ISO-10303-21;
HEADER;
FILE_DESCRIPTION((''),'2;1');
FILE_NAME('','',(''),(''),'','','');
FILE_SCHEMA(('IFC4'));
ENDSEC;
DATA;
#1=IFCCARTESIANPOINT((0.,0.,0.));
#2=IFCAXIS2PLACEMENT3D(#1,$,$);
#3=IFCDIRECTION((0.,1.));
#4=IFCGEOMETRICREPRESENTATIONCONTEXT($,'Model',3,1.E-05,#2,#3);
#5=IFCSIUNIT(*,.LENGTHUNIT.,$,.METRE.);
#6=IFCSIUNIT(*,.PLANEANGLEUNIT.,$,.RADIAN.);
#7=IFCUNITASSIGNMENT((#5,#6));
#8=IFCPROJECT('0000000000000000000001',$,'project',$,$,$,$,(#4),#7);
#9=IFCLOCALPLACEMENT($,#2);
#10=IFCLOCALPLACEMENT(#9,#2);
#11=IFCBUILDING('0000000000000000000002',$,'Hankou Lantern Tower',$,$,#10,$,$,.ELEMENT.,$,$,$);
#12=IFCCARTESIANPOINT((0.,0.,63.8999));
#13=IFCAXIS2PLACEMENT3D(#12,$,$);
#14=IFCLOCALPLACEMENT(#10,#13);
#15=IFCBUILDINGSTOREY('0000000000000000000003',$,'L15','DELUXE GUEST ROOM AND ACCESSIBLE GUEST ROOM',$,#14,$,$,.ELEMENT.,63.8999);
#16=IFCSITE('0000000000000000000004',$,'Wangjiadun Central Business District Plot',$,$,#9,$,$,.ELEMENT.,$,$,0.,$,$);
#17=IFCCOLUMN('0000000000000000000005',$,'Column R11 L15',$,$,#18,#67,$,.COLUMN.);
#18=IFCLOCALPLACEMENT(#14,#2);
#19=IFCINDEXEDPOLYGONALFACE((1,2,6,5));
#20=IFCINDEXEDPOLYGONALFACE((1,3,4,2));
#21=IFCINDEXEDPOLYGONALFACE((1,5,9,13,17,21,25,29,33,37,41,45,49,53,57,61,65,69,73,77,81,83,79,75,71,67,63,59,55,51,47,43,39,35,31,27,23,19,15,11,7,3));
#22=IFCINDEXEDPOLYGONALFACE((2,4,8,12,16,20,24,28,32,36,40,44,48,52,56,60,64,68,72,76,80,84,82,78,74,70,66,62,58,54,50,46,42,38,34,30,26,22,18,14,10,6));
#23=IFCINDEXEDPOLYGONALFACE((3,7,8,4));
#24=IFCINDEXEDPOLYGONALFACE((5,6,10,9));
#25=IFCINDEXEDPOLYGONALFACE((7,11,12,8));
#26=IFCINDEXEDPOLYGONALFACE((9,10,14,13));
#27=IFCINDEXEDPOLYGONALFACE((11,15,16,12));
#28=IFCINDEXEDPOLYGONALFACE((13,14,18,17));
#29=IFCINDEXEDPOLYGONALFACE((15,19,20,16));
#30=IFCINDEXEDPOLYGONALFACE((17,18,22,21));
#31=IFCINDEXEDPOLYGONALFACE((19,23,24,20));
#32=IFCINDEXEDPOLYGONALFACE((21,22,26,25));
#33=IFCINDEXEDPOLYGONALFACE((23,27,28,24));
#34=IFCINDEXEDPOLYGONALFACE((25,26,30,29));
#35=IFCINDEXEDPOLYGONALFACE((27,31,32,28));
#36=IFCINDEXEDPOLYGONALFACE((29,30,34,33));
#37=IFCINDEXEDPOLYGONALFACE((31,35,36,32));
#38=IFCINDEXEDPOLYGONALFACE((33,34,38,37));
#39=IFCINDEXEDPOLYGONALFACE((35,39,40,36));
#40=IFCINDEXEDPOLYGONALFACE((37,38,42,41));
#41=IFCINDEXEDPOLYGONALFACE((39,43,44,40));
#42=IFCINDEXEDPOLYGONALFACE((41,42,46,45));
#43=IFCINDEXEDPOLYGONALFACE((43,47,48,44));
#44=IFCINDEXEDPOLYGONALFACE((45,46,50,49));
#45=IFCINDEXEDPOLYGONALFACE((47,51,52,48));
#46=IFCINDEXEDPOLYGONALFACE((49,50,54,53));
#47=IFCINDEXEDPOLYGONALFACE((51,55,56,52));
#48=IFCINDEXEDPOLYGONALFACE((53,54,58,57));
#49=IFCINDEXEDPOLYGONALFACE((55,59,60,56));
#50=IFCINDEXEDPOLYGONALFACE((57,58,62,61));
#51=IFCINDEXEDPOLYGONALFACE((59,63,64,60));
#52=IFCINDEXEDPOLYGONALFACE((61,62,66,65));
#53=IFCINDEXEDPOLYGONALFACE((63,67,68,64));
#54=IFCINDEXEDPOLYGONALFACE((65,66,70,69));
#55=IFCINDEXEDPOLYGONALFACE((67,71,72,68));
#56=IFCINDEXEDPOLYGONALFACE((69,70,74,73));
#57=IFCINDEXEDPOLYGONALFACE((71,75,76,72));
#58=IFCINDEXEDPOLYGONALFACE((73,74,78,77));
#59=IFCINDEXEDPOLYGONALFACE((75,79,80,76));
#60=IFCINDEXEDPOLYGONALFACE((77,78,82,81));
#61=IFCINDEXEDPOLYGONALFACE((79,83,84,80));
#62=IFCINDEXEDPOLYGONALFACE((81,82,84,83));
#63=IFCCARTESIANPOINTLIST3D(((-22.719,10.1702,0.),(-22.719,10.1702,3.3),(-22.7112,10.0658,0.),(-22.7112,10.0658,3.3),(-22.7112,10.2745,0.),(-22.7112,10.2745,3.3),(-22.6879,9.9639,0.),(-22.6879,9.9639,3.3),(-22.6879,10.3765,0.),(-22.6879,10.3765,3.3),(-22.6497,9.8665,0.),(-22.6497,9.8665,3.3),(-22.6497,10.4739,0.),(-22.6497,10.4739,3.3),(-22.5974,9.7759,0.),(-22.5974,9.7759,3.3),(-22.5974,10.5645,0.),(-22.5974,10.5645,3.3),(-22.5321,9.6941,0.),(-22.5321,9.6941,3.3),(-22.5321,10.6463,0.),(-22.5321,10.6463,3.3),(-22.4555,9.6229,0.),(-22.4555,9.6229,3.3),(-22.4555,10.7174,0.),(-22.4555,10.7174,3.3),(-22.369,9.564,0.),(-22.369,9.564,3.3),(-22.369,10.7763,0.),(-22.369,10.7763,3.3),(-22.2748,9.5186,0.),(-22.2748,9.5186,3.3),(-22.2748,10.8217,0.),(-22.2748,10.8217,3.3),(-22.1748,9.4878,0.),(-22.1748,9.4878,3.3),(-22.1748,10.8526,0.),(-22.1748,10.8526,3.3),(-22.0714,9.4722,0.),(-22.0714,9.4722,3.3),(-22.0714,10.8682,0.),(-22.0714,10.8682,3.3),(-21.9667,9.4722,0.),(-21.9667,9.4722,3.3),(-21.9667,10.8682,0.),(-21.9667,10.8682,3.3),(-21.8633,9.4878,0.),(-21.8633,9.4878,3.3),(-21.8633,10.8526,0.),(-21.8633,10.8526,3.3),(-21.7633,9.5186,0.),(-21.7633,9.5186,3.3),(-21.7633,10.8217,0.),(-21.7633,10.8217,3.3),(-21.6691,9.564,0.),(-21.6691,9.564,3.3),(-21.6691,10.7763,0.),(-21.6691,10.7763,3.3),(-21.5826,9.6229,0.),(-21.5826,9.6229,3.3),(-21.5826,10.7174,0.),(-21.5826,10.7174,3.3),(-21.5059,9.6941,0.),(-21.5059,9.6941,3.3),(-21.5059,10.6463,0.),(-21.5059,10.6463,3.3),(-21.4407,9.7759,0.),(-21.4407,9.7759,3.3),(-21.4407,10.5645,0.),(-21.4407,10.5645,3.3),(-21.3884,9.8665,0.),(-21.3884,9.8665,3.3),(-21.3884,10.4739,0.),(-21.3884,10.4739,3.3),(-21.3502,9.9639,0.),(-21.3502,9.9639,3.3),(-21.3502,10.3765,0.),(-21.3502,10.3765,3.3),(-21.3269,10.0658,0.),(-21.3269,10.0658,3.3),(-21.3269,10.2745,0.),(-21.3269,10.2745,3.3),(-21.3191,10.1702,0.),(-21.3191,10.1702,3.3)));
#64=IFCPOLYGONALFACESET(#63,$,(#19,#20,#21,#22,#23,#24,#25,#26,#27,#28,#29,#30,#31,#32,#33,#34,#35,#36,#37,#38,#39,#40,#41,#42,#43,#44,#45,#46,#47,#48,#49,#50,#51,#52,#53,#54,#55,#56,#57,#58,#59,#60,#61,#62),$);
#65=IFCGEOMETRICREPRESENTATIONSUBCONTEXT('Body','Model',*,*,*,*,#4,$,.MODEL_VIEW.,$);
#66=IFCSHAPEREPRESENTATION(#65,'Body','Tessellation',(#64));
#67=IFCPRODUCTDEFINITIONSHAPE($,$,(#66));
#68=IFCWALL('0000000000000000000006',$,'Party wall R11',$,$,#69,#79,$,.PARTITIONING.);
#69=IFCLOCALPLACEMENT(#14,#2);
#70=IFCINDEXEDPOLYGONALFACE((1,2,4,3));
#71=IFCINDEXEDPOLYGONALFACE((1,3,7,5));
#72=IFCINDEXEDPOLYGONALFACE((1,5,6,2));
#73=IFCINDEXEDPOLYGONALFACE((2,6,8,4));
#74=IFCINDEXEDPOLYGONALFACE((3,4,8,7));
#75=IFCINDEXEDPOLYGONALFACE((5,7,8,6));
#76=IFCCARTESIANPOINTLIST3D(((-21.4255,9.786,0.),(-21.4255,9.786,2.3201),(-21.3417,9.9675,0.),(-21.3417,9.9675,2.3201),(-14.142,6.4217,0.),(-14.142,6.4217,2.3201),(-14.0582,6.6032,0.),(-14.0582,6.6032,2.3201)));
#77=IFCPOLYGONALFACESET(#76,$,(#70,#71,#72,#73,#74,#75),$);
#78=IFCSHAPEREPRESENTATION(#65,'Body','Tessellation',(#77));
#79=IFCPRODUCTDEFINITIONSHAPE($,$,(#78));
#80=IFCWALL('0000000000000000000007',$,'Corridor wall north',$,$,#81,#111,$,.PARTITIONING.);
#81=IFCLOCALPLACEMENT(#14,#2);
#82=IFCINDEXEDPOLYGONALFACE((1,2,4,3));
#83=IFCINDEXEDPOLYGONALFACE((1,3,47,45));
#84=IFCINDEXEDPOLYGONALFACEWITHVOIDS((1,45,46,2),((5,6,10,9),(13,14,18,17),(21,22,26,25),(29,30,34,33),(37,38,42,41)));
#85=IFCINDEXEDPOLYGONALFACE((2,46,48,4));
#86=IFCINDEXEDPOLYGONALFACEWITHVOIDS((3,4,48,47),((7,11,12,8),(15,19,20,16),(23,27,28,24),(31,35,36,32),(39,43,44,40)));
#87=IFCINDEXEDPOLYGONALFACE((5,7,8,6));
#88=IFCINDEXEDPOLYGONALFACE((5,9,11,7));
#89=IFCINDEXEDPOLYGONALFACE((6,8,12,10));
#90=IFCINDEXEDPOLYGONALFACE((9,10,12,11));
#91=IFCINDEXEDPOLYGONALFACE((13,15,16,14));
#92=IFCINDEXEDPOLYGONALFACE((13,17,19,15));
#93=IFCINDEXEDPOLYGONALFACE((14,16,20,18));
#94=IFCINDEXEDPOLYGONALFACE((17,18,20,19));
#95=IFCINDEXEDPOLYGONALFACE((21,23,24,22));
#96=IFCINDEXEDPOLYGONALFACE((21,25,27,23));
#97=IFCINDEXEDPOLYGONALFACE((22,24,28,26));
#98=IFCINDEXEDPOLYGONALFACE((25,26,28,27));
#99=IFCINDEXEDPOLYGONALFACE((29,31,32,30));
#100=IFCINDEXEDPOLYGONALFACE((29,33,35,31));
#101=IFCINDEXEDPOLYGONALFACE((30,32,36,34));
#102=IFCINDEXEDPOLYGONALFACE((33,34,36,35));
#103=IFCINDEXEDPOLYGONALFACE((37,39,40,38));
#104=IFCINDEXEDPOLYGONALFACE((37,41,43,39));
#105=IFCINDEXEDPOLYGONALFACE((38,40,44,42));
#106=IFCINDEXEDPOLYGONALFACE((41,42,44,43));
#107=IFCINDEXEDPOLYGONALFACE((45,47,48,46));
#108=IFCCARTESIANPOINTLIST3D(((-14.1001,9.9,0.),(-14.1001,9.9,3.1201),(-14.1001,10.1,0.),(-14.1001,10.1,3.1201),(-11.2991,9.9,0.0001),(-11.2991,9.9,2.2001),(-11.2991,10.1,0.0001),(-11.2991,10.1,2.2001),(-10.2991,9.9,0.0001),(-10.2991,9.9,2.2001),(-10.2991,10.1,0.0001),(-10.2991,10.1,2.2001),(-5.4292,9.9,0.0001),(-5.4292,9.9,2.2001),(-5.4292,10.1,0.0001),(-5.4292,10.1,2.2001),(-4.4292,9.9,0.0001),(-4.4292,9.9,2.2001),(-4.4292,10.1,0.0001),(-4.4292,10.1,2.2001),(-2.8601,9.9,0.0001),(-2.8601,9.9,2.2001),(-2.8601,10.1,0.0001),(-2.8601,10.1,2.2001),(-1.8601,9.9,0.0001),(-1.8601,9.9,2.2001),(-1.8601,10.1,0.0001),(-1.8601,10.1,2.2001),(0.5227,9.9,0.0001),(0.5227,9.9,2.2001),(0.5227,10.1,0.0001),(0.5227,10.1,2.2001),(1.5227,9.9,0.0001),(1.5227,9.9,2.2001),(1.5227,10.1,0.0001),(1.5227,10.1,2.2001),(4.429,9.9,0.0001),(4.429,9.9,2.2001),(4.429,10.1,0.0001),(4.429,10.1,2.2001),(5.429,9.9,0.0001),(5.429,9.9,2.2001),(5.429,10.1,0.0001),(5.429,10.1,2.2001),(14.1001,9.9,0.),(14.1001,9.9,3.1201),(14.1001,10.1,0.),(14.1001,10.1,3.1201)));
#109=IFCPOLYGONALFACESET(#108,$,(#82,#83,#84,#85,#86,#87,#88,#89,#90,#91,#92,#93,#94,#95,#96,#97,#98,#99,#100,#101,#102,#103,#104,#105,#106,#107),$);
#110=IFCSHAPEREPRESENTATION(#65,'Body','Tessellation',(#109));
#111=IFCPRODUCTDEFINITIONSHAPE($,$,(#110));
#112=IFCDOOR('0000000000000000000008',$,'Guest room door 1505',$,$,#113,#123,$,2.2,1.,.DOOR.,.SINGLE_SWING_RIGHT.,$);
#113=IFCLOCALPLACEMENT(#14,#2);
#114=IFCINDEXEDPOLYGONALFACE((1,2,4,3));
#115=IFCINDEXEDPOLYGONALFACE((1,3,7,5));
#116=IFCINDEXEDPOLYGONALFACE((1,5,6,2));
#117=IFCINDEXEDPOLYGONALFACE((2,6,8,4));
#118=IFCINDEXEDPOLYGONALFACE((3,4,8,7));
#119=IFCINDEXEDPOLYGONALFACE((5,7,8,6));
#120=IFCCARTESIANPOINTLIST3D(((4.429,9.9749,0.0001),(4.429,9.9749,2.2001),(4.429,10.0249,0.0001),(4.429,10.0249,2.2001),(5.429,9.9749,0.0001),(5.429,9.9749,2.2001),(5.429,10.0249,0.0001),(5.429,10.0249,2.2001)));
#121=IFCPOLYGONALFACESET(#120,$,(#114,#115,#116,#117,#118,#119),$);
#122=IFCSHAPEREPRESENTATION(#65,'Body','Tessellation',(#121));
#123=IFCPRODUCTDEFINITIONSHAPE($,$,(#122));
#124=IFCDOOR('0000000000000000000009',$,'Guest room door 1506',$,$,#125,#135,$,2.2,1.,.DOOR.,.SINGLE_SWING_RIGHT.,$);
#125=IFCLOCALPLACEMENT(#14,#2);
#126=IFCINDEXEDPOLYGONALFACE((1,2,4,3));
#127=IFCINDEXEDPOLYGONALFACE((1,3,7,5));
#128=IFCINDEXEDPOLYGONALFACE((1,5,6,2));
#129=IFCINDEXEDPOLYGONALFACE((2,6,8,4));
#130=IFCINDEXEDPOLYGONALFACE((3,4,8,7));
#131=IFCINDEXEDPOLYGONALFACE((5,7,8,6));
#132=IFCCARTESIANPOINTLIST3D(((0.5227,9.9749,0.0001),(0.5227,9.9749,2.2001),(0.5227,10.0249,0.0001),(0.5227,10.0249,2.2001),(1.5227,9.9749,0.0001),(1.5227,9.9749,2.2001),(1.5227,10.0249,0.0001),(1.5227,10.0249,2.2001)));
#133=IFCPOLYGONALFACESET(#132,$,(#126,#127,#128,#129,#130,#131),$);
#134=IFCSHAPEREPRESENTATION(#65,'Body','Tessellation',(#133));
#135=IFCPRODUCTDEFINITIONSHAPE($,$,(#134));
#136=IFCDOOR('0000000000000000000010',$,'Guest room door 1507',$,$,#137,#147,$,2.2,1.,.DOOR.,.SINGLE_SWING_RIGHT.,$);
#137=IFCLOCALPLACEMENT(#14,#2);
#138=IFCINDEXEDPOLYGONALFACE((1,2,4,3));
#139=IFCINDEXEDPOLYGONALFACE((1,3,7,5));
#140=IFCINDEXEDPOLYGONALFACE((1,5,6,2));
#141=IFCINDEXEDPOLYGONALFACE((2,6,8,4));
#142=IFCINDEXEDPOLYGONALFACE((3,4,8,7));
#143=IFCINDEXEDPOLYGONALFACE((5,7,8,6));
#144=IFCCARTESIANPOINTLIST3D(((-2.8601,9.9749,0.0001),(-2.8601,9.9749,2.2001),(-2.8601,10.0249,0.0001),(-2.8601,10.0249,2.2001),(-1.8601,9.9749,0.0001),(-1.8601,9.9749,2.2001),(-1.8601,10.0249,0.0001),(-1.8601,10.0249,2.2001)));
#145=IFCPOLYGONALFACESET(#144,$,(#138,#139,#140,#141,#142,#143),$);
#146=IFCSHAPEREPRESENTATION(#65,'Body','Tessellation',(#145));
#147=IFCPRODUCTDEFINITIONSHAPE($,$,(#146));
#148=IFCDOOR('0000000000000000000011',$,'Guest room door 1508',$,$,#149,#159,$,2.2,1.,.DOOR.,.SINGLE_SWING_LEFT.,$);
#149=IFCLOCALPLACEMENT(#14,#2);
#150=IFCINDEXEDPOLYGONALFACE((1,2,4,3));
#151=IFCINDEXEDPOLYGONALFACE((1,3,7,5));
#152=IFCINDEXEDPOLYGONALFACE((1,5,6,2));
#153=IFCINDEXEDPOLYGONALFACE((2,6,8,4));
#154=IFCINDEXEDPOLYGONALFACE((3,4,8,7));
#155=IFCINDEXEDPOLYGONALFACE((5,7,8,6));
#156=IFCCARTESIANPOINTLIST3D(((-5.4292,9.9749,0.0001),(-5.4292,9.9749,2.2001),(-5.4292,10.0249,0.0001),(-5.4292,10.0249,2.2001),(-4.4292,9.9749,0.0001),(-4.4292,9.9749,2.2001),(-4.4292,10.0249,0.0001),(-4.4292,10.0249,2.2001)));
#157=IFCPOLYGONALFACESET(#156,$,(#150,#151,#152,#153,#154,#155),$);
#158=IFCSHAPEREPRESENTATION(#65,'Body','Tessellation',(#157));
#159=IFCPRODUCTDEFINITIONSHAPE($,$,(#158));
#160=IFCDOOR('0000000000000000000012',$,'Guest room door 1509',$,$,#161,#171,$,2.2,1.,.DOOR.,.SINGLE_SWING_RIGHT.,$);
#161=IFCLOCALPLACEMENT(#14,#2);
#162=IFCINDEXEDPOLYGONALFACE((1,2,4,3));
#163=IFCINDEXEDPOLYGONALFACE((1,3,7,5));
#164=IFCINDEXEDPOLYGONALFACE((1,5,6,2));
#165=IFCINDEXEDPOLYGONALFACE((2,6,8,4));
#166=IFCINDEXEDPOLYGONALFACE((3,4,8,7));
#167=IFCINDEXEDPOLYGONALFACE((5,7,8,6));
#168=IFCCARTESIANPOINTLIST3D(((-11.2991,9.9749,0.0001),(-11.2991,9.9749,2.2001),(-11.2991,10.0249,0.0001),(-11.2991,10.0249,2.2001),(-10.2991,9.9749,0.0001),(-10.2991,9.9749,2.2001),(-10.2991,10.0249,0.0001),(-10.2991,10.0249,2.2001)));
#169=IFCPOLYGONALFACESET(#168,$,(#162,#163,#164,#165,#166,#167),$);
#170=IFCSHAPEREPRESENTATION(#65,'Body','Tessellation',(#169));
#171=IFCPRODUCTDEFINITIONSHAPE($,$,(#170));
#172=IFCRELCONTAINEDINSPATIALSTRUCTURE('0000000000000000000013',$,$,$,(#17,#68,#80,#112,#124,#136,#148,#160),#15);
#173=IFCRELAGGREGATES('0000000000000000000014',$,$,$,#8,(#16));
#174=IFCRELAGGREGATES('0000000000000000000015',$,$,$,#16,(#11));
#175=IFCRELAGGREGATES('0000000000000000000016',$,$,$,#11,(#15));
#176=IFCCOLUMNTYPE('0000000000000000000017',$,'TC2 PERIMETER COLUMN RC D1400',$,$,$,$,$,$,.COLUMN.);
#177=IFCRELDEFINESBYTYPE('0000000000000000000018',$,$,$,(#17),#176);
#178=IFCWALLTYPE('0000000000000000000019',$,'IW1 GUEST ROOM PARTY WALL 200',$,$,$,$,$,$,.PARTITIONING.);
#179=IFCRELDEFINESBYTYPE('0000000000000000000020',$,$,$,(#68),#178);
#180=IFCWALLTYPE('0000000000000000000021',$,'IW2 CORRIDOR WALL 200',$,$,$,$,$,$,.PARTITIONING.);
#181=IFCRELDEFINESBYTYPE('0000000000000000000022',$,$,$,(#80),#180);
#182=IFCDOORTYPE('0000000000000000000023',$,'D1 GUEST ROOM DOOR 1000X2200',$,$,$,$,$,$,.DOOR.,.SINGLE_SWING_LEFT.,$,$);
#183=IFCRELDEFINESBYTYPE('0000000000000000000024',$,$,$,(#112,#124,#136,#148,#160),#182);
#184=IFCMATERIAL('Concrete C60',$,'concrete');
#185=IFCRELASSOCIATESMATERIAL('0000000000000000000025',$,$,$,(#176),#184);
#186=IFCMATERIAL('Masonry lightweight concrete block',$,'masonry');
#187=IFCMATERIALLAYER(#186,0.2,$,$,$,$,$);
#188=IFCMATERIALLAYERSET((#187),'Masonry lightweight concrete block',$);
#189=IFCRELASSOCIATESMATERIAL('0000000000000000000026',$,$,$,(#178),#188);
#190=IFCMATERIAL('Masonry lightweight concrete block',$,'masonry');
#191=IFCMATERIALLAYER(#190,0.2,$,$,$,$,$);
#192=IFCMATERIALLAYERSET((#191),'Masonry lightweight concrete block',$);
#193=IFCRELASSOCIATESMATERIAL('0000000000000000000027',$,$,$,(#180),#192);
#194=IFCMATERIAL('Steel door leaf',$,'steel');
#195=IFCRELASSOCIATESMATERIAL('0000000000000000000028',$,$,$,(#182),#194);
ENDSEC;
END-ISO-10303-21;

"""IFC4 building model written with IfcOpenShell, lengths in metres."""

from ifc_helpers import new_model, si_unit, direction, frame, frame_2d, origin, origin_2d, place, context, subcontext, project, spatial, rectangle, circle, extrude, material, layer, layer_set, material_profile, profile_set, type_object, element, fill, save


model = new_model("IFC4")

# Units and contexts
model_context = context("Model", 3, precision=1e-05, world=origin(), true_north=direction((0.0, 1.0)))
body_context = subcontext(model_context, "Body", "Model", "MODEL_VIEW")
ifc_project = project(units=[si_unit("LENGTHUNIT", "METRE"), si_unit("PLANEANGLEUNIT", "RADIAN")], contexts=[model_context])

# Site, building, storey
site_placement = place(None, origin())
site = spatial("IfcSite", under=ifc_project, at=site_placement, Name="Wangjiadun Central Business District Plot", CompositionType="ELEMENT", RefElevation=0.0)
building_placement = place(site_placement, origin())
building = spatial("IfcBuilding", under=site, at=building_placement, Name="Hankou Lantern Tower", CompositionType="ELEMENT")
storey_placement = place(building_placement, frame((0.0, 0.0, 63.8999)))
storey = spatial("IfcBuildingStorey", under=building, at=storey_placement, Name="L15", Description="DELUXE GUEST ROOM AND ACCESSIBLE GUEST ROOM", CompositionType="ELEMENT", Elevation=63.8999)

# Column
ifc_material_1 = material(Name="Concrete C60", Category="concrete")
ifc_material_profile = material_profile(ifc_material_1, circle(Radius=0.7, at=origin_2d()), Name="RC D1400")
ifc_profile_set = profile_set([ifc_material_profile], Name="Concrete C60")
column_type = type_object("IfcColumnType", Name="TC2 PERIMETER COLUMN RC D1400", PredefinedType="COLUMN", material=ifc_profile_set)
column_placement = place(storey_placement, frame((-22.019, 10.1702, 0.0), z_axis=(0.0, 0.0, 1.0), x_axis=(1.0, 0.0, 0.0)))
element("IfcColumn", 1, at=column_placement, inside=storey, type_object=column_type, Name="Column R11 L15", PredefinedType="COLUMN", context=body_context, shape_type="SweptSolid", body=[
    extrude(circle(Radius=0.7, at=origin_2d()), origin(), (0.0, 0.0, 1.0), 3.3),
])

# Wall
ifc_material_2 = material(Name="Masonry lightweight concrete block", Category="masonry")
ifc_layer_1 = layer(ifc_material_2, 0.2)
ifc_layer_set_1 = layer_set([ifc_layer_1], Name="Masonry lightweight concrete block")
wall_type_1 = type_object("IfcWallType", Name="IW1 GUEST ROOM PARTY WALL 200", PredefinedType="PARTITIONING", material=ifc_layer_set_1)
wall_1_placement = place(storey_placement, frame((-14.1001, 6.5125, 0.0), z_axis=(0.0, 0.0, 1.0), x_axis=(-0.907833, 0.419332, 0.0)))
element("IfcWall", 2, at=wall_1_placement, inside=storey, type_object=wall_type_1, Name="Party wall R11", PredefinedType="PARTITIONING", context=body_context, shape_type="SweptSolid", body=[
    extrude(rectangle(XDim=8.0229, YDim=0.2, at=frame_2d((4.0115, 0.0))), origin(), (0.0, 0.0, 1.0), 2.3201),
])

# Wall, openings, doors
ifc_material_3 = material(Name="Masonry lightweight concrete block", Category="masonry")
ifc_layer_2 = layer(ifc_material_3, 0.2)
ifc_layer_set_2 = layer_set([ifc_layer_2], Name="Masonry lightweight concrete block")
wall_type_2 = type_object("IfcWallType", Name="IW2 CORRIDOR WALL 200", PredefinedType="PARTITIONING", material=ifc_layer_set_2)
wall_2_placement = place(storey_placement, frame((-14.1001, 10.0, 0.0), z_axis=(0.0, 0.0, 1.0), x_axis=(1.0, 0.0, 0.0)))
wall_2 = element("IfcWall", 3, at=wall_2_placement, inside=storey, type_object=wall_type_2, Name="Corridor wall north", PredefinedType="PARTITIONING", context=body_context, shape_type="SweptSolid", body=[
    extrude(rectangle(XDim=28.2002, YDim=0.2, at=frame_2d((14.1001, 0.0))), origin(), (0.0, 0.0, 1.0), 3.1201),
])
opening_1_placement = place(wall_2_placement, frame((18.5291, 0.0, 0.0)))
opening_1 = element("IfcOpeningElement", 4, at=opening_1_placement, cuts=wall_2, PredefinedType="OPENING", context=body_context, shape_type="SweptSolid", body=[
    extrude(rectangle(XDim=1.0, YDim=2.2, at=frame_2d((0.5, 1.1001))), frame((0.0, 0.1099, 0.0), z_axis=(0.0, -1.0, 0.0), x_axis=(1.0, 0.0, 0.0)), (0.0, 0.0, 1.0), 0.22),
])
opening_2_placement = place(wall_2_placement, frame((14.6228, 0.0, 0.0)))
opening_2 = element("IfcOpeningElement", 5, at=opening_2_placement, cuts=wall_2, PredefinedType="OPENING", context=body_context, shape_type="SweptSolid", body=[
    extrude(rectangle(XDim=1.0, YDim=2.2, at=frame_2d((0.5, 1.1001))), frame((0.0, 0.1099, 0.0), z_axis=(0.0, -1.0, 0.0), x_axis=(1.0, 0.0, 0.0)), (0.0, 0.0, 1.0), 0.22),
])
opening_3_placement = place(wall_2_placement, frame((11.24, 0.0, 0.0)))
opening_3 = element("IfcOpeningElement", 6, at=opening_3_placement, cuts=wall_2, PredefinedType="OPENING", context=body_context, shape_type="SweptSolid", body=[
    extrude(rectangle(XDim=1.0, YDim=2.2, at=frame_2d((0.5, 1.1001))), frame((0.0, 0.1099, 0.0), z_axis=(0.0, -1.0, 0.0), x_axis=(1.0, 0.0, 0.0)), (0.0, 0.0, 1.0), 0.22),
])
opening_4_placement = place(wall_2_placement, frame((8.6709, 0.0, 0.0)))
opening_4 = element("IfcOpeningElement", 7, at=opening_4_placement, cuts=wall_2, PredefinedType="OPENING", context=body_context, shape_type="SweptSolid", body=[
    extrude(rectangle(XDim=1.0, YDim=2.2, at=frame_2d((0.5, 1.1001))), frame((0.0, 0.1099, 0.0), z_axis=(0.0, -1.0, 0.0), x_axis=(1.0, 0.0, 0.0)), (0.0, 0.0, 1.0), 0.22),
])
opening_5_placement = place(wall_2_placement, frame((2.801, 0.0, 0.0)))
opening_5 = element("IfcOpeningElement", 8, at=opening_5_placement, cuts=wall_2, PredefinedType="OPENING", context=body_context, shape_type="SweptSolid", body=[
    extrude(rectangle(XDim=1.0, YDim=2.2, at=frame_2d((0.5, 1.1001))), frame((0.0, 0.1099, 0.0), z_axis=(0.0, -1.0, 0.0), x_axis=(1.0, 0.0, 0.0)), (0.0, 0.0, 1.0), 0.22),
])
ifc_material_4 = material(Name="Steel door leaf", Category="steel")
door_type_1 = type_object("IfcDoorType", Name="D1 GUEST ROOM DOOR 1000X2200", OperationType="SINGLE_SWING_LEFT", PredefinedType="DOOR", material=ifc_material_4)
door_1_placement = place(opening_1_placement, origin())
door_1 = element("IfcDoor", 9, at=door_1_placement, inside=storey, type_object=door_type_1, Name="Guest room door 1505", OperationType="SINGLE_SWING_RIGHT", OverallHeight=2.2, OverallWidth=1.0, PredefinedType="DOOR", context=body_context, shape_type="SweptSolid", body=[
    extrude(rectangle(XDim=1.0, YDim=2.2, at=frame_2d((0.5, 1.1001))), frame((0.0, 0.0249, 0.0), z_axis=(0.0, -1.0, 0.0), x_axis=(1.0, 0.0, 0.0)), (0.0, 0.0, 1.0), 0.05),
])
fill(opening_1, door_1)
door_2_placement = place(opening_2_placement, origin())
door_2 = element("IfcDoor", 10, at=door_2_placement, inside=storey, type_object=door_type_1, Name="Guest room door 1506", OperationType="SINGLE_SWING_RIGHT", OverallHeight=2.2, OverallWidth=1.0, PredefinedType="DOOR", context=body_context, shape_type="SweptSolid", body=[
    extrude(rectangle(XDim=1.0, YDim=2.2, at=frame_2d((0.5, 1.1001))), frame((0.0, 0.0249, 0.0), z_axis=(0.0, -1.0, 0.0), x_axis=(1.0, 0.0, 0.0)), (0.0, 0.0, 1.0), 0.05),
])
fill(opening_2, door_2)
door_3_placement = place(opening_3_placement, origin())
door_3 = element("IfcDoor", 11, at=door_3_placement, inside=storey, type_object=door_type_1, Name="Guest room door 1507", OperationType="SINGLE_SWING_RIGHT", OverallHeight=2.2, OverallWidth=1.0, PredefinedType="DOOR", context=body_context, shape_type="SweptSolid", body=[
    extrude(rectangle(XDim=1.0, YDim=2.2, at=frame_2d((0.5, 1.1001))), frame((0.0, 0.0249, 0.0), z_axis=(0.0, -1.0, 0.0), x_axis=(1.0, 0.0, 0.0)), (0.0, 0.0, 1.0), 0.05),
])
fill(opening_3, door_3)
door_4_placement = place(opening_4_placement, origin())
door_4 = element("IfcDoor", 12, at=door_4_placement, inside=storey, type_object=door_type_1, Name="Guest room door 1508", OperationType="SINGLE_SWING_LEFT", OverallHeight=2.2, OverallWidth=1.0, PredefinedType="DOOR", context=body_context, shape_type="SweptSolid", body=[
    extrude(rectangle(XDim=1.0, YDim=2.2, at=frame_2d((0.5, 1.1001))), frame((0.0, 0.0249, 0.0), z_axis=(0.0, -1.0, 0.0), x_axis=(1.0, 0.0, 0.0)), (0.0, 0.0, 1.0), 0.05),
])
fill(opening_4, door_4)
door_5_placement = place(opening_5_placement, origin())
door_5 = element("IfcDoor", 13, at=door_5_placement, inside=storey, type_object=door_type_1, Name="Guest room door 1509", OperationType="SINGLE_SWING_RIGHT", OverallHeight=2.2, OverallWidth=1.0, PredefinedType="DOOR", context=body_context, shape_type="SweptSolid", body=[
    extrude(rectangle(XDim=1.0, YDim=2.2, at=frame_2d((0.5, 1.1001))), frame((0.0, 0.0249, 0.0), z_axis=(0.0, -1.0, 0.0), x_axis=(1.0, 0.0, 0.0)), (0.0, 0.0, 1.0), 0.05),
])
fill(opening_5, door_5)

save(model, "model.ifc")
